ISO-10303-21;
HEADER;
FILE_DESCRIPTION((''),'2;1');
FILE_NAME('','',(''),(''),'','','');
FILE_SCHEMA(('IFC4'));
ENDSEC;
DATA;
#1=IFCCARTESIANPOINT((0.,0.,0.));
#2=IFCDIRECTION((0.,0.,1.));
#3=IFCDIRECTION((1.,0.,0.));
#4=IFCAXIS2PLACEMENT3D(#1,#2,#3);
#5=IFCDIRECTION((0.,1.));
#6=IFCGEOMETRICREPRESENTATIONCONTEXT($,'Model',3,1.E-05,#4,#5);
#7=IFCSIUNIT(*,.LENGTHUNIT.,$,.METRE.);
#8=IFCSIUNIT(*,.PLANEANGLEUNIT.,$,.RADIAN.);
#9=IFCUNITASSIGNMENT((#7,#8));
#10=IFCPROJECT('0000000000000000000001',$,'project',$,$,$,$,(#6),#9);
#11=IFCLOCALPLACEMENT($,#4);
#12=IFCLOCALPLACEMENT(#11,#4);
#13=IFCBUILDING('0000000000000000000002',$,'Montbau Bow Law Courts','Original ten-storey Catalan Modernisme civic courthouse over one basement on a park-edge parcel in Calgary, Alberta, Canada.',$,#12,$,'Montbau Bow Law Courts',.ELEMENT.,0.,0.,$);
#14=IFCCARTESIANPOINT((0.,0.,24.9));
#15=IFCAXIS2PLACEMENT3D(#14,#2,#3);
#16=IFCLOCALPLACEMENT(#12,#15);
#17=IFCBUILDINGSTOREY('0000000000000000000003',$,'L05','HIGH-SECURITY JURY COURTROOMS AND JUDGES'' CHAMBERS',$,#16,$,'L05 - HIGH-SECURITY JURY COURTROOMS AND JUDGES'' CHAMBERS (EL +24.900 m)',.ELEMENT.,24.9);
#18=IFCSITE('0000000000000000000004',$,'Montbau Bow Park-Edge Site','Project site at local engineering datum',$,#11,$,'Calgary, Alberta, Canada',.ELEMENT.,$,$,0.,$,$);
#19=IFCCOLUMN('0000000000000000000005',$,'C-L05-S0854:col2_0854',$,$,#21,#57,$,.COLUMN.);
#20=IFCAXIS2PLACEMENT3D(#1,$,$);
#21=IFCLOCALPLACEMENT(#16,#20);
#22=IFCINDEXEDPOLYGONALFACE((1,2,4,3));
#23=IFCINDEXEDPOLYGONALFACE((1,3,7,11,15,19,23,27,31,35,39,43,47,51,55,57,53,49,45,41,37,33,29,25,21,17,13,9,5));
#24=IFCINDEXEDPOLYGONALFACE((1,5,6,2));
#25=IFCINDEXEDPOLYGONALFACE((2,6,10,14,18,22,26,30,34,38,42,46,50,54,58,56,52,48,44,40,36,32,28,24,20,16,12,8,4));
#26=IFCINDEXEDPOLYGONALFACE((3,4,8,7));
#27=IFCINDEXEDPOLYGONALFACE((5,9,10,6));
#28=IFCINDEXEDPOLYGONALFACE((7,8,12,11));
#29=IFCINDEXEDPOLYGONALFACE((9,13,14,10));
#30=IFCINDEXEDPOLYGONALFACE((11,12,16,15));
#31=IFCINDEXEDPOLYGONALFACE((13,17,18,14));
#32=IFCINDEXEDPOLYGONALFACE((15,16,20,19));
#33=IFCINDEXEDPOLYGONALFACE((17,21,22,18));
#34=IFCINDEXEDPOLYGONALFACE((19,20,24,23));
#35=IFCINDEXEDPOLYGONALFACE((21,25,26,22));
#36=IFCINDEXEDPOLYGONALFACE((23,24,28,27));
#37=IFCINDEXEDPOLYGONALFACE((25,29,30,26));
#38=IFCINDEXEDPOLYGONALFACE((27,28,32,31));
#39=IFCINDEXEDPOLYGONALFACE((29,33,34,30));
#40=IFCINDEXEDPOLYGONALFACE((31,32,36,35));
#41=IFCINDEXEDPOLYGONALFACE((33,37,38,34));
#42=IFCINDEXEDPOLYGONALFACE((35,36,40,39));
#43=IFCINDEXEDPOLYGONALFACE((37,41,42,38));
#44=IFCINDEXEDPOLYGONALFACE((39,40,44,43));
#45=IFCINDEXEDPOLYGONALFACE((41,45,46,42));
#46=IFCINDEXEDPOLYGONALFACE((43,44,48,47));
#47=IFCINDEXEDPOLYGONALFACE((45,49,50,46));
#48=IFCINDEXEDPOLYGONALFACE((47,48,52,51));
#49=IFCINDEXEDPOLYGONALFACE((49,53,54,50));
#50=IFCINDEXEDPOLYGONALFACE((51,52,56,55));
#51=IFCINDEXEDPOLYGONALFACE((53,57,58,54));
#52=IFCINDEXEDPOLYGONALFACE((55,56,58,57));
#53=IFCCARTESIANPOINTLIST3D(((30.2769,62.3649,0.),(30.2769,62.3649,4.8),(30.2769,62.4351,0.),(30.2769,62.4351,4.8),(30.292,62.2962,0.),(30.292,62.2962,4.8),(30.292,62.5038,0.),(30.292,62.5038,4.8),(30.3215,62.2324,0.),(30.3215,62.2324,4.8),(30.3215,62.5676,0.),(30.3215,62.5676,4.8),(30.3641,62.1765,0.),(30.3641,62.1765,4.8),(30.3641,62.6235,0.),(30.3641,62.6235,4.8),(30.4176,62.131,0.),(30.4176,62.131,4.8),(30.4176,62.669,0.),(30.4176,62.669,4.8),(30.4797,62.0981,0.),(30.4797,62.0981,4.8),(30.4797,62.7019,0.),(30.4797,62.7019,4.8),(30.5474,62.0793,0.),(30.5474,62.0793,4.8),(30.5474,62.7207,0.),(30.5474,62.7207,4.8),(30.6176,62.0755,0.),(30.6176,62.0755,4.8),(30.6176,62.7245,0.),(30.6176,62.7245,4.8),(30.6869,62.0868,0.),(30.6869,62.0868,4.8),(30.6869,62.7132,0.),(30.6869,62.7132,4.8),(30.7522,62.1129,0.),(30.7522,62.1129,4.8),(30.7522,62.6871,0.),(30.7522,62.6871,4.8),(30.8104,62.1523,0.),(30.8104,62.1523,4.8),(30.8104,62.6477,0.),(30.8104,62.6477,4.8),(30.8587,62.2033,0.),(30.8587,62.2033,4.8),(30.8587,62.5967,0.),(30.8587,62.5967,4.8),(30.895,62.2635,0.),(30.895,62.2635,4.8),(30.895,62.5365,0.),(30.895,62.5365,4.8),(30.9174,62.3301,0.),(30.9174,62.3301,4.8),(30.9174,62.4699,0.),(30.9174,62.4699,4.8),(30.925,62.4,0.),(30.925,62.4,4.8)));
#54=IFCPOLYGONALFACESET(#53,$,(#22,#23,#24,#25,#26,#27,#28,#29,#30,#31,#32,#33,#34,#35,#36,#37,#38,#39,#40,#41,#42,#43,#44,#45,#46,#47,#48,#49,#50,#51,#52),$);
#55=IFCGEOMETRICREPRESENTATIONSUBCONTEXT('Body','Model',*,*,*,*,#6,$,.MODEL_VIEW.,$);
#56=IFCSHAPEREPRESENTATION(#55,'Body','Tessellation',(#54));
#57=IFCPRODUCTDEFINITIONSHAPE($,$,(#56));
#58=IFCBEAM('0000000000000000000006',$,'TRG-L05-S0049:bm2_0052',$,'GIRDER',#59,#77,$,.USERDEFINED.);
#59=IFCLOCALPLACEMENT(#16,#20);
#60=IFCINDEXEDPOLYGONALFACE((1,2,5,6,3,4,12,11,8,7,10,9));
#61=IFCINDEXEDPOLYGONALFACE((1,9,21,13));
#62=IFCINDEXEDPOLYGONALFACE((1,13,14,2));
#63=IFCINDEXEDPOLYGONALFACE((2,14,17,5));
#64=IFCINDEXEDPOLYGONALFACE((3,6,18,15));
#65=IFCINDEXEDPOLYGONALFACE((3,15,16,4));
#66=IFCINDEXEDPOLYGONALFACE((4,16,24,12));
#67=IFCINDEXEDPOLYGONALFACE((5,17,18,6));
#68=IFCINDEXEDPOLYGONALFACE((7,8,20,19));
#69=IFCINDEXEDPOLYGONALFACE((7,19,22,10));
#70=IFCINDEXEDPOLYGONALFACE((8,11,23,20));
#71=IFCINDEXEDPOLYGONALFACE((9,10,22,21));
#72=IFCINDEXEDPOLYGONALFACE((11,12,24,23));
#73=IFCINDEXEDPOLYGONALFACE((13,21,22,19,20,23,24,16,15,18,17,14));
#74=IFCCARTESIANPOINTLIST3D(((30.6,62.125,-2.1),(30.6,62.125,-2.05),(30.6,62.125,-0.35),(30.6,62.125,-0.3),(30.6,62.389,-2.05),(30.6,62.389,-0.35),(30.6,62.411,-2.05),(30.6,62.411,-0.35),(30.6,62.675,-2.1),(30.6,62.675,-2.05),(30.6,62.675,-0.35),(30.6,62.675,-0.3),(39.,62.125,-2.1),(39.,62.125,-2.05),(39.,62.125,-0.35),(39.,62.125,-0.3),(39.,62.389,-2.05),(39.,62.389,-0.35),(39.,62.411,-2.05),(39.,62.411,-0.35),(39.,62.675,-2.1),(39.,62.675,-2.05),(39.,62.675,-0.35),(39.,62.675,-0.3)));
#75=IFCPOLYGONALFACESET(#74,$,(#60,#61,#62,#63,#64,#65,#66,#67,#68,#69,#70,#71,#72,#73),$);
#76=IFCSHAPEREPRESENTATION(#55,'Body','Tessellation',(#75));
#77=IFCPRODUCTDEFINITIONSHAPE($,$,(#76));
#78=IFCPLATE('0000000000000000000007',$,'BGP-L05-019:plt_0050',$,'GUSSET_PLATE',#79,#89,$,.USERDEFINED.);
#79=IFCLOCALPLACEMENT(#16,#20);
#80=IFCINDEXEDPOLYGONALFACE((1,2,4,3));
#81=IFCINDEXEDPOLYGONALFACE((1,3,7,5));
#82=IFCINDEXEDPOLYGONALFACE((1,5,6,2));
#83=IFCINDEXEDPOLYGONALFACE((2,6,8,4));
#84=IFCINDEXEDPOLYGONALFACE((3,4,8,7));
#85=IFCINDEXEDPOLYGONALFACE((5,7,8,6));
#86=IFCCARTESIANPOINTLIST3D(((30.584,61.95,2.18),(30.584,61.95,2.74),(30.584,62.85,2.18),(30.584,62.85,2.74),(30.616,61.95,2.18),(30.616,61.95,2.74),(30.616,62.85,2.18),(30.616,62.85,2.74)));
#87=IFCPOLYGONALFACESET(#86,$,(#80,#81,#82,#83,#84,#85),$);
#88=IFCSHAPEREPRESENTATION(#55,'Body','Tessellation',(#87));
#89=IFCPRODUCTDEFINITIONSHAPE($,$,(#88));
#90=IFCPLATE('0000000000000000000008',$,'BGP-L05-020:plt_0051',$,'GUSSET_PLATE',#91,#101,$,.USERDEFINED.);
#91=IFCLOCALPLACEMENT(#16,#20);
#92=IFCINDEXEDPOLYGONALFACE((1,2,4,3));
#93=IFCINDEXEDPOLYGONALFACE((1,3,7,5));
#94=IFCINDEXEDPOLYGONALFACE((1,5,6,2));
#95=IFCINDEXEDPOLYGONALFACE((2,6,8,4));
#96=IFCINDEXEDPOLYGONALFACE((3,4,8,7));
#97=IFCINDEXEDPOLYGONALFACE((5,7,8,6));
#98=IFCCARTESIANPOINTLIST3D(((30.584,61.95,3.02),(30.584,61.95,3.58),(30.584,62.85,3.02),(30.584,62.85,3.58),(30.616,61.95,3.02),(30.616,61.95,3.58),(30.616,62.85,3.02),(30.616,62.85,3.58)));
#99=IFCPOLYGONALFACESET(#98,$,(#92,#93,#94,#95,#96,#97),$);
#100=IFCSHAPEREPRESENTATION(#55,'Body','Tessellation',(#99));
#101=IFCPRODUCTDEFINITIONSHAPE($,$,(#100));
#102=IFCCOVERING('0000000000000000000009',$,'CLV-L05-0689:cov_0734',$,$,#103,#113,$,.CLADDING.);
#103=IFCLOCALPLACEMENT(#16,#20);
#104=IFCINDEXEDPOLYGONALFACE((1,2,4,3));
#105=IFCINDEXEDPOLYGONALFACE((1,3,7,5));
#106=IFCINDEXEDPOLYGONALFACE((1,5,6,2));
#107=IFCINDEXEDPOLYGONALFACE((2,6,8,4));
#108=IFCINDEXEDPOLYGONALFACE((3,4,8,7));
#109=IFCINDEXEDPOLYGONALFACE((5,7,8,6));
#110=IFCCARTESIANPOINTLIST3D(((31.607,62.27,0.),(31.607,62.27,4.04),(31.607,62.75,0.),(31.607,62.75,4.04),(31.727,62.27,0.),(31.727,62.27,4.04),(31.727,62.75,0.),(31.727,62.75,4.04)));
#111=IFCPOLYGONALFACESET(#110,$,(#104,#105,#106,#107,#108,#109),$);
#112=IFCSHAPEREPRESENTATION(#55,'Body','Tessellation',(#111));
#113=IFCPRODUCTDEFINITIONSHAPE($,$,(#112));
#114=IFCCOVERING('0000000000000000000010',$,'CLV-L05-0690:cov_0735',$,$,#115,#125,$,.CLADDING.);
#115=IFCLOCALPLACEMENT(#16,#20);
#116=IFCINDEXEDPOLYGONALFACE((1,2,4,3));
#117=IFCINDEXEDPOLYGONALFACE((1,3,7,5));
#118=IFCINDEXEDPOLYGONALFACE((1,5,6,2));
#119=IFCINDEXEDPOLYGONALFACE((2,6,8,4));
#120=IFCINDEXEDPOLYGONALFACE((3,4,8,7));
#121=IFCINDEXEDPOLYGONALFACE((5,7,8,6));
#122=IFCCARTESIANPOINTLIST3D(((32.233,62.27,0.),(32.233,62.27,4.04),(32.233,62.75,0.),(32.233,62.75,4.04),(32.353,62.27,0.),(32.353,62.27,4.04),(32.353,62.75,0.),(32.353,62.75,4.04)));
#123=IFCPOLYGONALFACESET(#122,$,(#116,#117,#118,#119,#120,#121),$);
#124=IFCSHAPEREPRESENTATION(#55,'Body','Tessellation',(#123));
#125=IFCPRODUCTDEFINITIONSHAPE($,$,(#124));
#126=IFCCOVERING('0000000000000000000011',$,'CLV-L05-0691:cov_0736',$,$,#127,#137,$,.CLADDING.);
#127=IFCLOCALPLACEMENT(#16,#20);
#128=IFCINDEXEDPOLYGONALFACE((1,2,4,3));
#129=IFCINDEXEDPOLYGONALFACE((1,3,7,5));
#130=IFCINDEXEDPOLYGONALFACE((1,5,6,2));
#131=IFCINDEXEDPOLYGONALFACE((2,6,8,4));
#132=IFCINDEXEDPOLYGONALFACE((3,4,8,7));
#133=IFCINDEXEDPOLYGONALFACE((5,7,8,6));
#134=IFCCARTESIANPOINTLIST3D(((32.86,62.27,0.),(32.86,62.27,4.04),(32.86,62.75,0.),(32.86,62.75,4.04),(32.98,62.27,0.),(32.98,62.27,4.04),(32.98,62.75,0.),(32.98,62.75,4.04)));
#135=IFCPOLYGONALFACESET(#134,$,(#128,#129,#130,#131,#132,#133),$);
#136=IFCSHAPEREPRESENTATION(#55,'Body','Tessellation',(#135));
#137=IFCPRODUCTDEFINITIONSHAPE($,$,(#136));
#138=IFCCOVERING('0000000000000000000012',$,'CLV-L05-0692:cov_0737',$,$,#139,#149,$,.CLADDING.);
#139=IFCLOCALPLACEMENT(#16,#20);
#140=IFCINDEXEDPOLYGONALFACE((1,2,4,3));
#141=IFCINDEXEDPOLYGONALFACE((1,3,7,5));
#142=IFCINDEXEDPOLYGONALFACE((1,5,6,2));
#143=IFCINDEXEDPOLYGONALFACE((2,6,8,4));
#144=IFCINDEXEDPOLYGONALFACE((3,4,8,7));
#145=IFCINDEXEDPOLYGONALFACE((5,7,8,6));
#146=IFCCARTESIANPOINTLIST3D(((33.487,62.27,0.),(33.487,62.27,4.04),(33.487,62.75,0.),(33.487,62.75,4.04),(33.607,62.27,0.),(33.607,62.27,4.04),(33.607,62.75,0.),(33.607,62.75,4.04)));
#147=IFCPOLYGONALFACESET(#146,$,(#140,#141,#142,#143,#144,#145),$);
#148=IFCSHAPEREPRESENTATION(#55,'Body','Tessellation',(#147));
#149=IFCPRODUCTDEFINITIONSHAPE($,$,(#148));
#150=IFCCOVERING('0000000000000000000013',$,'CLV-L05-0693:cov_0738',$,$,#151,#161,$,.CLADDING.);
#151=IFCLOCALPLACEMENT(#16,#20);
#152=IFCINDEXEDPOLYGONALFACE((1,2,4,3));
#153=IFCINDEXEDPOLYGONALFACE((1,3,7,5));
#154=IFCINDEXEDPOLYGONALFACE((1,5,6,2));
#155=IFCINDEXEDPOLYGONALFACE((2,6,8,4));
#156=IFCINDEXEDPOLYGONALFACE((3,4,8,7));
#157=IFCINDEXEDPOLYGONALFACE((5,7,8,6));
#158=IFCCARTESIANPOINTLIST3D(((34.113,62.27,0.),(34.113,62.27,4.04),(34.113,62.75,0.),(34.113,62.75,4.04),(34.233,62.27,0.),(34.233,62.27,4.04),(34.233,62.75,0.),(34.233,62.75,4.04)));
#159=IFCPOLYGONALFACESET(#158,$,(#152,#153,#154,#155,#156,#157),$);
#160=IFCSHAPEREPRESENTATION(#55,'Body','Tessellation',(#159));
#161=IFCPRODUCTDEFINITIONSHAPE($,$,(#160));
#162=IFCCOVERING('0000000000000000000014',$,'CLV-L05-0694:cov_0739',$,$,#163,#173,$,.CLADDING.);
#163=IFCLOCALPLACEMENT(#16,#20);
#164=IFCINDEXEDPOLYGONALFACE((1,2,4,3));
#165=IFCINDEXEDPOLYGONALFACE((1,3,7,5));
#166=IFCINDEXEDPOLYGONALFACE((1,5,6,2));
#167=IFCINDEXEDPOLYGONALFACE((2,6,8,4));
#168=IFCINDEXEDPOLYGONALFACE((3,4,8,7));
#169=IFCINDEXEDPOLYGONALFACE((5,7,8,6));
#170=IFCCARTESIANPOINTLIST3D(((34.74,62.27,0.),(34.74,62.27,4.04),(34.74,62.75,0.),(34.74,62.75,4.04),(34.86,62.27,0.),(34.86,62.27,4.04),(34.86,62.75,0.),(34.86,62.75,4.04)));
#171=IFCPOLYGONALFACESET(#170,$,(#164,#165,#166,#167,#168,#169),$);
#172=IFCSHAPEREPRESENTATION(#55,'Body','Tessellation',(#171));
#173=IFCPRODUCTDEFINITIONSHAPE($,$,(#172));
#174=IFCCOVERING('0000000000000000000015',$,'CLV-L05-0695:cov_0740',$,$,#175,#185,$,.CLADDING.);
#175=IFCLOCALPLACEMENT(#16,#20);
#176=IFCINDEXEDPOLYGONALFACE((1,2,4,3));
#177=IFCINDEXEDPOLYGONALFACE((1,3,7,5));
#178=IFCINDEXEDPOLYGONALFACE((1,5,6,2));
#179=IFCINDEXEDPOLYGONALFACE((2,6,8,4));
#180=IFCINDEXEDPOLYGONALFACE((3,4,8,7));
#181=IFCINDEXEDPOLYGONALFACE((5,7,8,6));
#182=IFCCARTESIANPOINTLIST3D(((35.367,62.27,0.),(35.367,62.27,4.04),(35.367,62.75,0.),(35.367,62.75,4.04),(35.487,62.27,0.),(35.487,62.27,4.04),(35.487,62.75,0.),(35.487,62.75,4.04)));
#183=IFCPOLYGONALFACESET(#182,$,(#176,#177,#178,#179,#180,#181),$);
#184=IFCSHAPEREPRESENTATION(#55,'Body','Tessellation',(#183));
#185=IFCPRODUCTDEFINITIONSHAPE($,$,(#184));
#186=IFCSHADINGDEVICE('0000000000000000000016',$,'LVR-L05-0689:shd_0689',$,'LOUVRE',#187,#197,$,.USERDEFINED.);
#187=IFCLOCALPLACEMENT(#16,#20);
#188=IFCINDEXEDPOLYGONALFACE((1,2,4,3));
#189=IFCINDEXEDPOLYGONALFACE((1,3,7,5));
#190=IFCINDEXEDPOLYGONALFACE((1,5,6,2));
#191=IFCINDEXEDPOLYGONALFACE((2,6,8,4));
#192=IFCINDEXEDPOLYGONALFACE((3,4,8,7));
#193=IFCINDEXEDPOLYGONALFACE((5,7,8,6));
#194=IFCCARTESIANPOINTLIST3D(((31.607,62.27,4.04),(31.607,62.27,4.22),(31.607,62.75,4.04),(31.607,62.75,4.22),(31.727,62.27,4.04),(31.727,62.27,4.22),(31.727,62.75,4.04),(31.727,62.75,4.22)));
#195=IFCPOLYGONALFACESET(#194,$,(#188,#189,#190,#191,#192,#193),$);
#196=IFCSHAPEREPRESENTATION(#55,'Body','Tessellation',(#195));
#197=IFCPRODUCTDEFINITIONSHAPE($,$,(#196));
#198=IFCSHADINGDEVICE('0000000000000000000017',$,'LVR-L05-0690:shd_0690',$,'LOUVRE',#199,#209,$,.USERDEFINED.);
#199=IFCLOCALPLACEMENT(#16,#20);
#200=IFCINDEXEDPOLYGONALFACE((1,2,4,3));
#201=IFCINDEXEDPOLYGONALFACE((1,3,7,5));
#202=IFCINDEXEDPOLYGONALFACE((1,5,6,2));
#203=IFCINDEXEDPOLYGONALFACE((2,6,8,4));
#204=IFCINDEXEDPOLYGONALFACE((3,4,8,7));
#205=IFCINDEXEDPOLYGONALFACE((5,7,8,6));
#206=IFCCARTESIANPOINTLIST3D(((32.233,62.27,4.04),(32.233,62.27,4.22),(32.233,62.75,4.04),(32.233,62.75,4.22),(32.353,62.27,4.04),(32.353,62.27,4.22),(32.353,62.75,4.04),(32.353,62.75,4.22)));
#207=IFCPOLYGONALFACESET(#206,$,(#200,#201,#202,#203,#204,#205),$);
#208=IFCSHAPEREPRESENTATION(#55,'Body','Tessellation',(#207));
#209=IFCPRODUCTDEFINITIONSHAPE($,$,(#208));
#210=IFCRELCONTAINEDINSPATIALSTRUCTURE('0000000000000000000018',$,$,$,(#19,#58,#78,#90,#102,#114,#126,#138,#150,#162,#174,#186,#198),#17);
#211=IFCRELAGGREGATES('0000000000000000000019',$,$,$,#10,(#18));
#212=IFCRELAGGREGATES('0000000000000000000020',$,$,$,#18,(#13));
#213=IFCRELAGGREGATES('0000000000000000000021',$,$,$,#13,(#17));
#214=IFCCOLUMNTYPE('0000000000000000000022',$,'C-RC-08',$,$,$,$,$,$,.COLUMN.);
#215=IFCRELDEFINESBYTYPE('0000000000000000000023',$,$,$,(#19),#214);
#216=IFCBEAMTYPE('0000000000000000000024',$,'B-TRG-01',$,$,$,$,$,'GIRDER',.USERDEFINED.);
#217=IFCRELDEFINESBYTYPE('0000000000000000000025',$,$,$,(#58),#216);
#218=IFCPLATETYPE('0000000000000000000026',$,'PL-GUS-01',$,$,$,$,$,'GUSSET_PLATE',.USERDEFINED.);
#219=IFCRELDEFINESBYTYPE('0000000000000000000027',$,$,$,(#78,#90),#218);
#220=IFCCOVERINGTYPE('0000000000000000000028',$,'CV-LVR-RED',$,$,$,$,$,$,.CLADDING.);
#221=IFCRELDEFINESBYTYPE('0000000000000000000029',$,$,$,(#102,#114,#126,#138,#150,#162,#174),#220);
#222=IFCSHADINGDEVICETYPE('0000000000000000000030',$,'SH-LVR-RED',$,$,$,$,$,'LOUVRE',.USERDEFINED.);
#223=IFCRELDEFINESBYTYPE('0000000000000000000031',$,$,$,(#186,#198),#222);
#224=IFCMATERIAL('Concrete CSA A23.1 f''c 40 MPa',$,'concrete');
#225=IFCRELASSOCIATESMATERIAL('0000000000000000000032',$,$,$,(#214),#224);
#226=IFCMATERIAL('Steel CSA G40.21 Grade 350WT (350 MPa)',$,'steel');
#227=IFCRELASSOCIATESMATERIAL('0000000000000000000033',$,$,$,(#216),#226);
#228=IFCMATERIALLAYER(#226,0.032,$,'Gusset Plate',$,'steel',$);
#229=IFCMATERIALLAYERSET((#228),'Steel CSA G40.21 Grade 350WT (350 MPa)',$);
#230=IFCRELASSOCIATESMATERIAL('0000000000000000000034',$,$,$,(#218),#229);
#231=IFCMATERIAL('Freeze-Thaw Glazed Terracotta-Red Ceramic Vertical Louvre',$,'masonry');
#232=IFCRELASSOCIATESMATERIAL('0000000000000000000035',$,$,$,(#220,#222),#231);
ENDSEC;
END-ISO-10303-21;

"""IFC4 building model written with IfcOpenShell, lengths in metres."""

from ifc_helpers import new_model, si_unit, direction, frame, frame_2d, origin_with_axes, origin_2d_with_axis, place, context, subcontext, project, spatial, rectangle, circle, i_section, extrude, material, layer, layer_set, material_profile, profile_set, type_object, element, save


model = new_model("IFC4")

# Units and contexts
model_context = context("Model", 3, precision=1e-05, world=origin_with_axes(), true_north=direction((0.0, 1.0)))
body_context = subcontext(model_context, "Body", "Model", "MODEL_VIEW")
ifc_project = project(units=[si_unit("LENGTHUNIT", "METRE"), si_unit("PLANEANGLEUNIT", "RADIAN")], contexts=[model_context])

# Site, building, storey
site_placement = place(None, origin_with_axes())
site = spatial("IfcSite", under=ifc_project, at=site_placement, Name="Montbau Bow Park-Edge Site", Description="Project site at local engineering datum", LongName="Calgary, Alberta, Canada", CompositionType="ELEMENT", RefElevation=0.0)
building_placement = place(site_placement, origin_with_axes())
building = spatial("IfcBuilding", under=site, at=building_placement, Name="Montbau Bow Law Courts", Description="Original ten-storey Catalan Modernisme civic courthouse over one basement on a park-edge parcel in Calgary, Alberta, Canada.", LongName="Montbau Bow Law Courts", CompositionType="ELEMENT", ElevationOfRefHeight=0.0, ElevationOfTerrain=0.0)
storey_placement = place(building_placement, frame((0.0, 0.0, 24.9), z_axis=(0.0, 0.0, 1.0), x_axis=(1.0, 0.0, 0.0)))
storey = spatial("IfcBuildingStorey", under=building, at=storey_placement, Name="L05", Description="HIGH-SECURITY JURY COURTROOMS AND JUDGES' CHAMBERS", LongName="L05 - HIGH-SECURITY JURY COURTROOMS AND JUDGES' CHAMBERS (EL +24.900 m)", CompositionType="ELEMENT", Elevation=24.9)

# Column
ifc_material_1 = material(Name="Concrete CSA A23.1 f'c 40 MPa", Category="concrete")
ifc_material_profile_1 = material_profile(ifc_material_1, circle(Radius=0.325, at=origin_2d_with_axis()), Name="RC650D", Category="Main", Priority=0)
ifc_profile_set_1 = profile_set([ifc_material_profile_1], Name="Concrete CSA A23.1 f'c 40 MPa")
column_type = type_object("IfcColumnType", Name="C-RC-08", PredefinedType="COLUMN", material=ifc_profile_set_1)
column_placement = place(None, frame((30.6, 62.4, 24.9), z_axis=(0.0, 0.0, 1.0), x_axis=(1.0, 0.0, 0.0)))
element("IfcColumn", 1, at=column_placement, inside=storey, type_object=column_type, Name="C-L05-S0854:col2_0854", PredefinedType="COLUMN", context=body_context, shape_type="SweptSolid", body=[
    extrude(circle(Radius=0.325, at=origin_2d_with_axis()), origin_with_axes(), (0.0, 0.0, 1.0), 4.8),
])

# Beam
ifc_material_2 = material(Name="Steel CSA G40.21 Grade 350WT (350 MPa)", Category="steel")
ifc_material_profile_2 = material_profile(ifc_material_2, i_section(OverallWidth=0.55, OverallDepth=1.8, WebThickness=0.022, FlangeThickness=0.05, at=origin_2d_with_axis()), Name="WWF1800X550", Category="Main", Priority=0)
ifc_profile_set_2 = profile_set([ifc_material_profile_2], Name="Steel CSA G40.21 Grade 350WT (350 MPa)")
beam_type = type_object("IfcBeamType", Name="B-TRG-01", ElementType="GIRDER", PredefinedType="USERDEFINED", material=ifc_profile_set_2)
beam_placement = place(None, frame((30.6, 62.4, 23.7), z_axis=(1.0, 0.0, 0.0), x_axis=(0.0, 1.0, 0.0)))
element("IfcBeam", 2, at=beam_placement, inside=storey, type_object=beam_type, Name="TRG-L05-S0049:bm2_0052", ObjectType="GIRDER", PredefinedType="USERDEFINED", context=body_context, shape_type="SweptSolid", body=[
    extrude(i_section(OverallWidth=0.55, OverallDepth=1.8, WebThickness=0.022, FlangeThickness=0.05, at=origin_2d_with_axis()), origin_with_axes(), (0.0, 0.0, 1.0), 8.4),
])

# Plates
ifc_layer = layer(ifc_material_2, 0.032, Name="Gusset Plate", Category="steel")
ifc_layer_set = layer_set([ifc_layer], Name="Steel CSA G40.21 Grade 350WT (350 MPa)")
plate_type = type_object("IfcPlateType", Name="PL-GUS-01", ElementType="GUSSET_PLATE", PredefinedType="USERDEFINED", material=ifc_layer_set)
for number, where, z_axis, x_axis, name in (
    (3, (30.6, 62.4, 27.08), (0.0, 0.0, 1.0), (0.0, 1.0, 0.0), "BGP-L05-019:plt_0050"),
    (4, (30.6, 62.4, 27.92), (0.0, 0.0, 1.0), (0.0, 1.0, 0.0), "BGP-L05-020:plt_0051"),
):
    element("IfcPlate", number, at=place(None, frame(where, z_axis=z_axis, x_axis=x_axis)), inside=storey, type_object=plate_type, Name=name, ObjectType="GUSSET_PLATE", PredefinedType="USERDEFINED", context=body_context, shape_type="SweptSolid", body=[
        extrude(rectangle(XDim=0.9, YDim=0.032, at=origin_2d_with_axis()), origin_with_axes(), (0.0, 0.0, 1.0), 0.56),
    ])

# Coverings
ifc_material_3 = material(Name="Freeze-Thaw Glazed Terracotta-Red Ceramic Vertical Louvre", Category="masonry")
covering_type = type_object("IfcCoveringType", Name="CV-LVR-RED", PredefinedType="CLADDING", material=ifc_material_3)
for number, where, z_axis, x_axis, name in (
    (5, (31.667, 62.27, 24.9), (1.0, 0.0, 0.0), (0.0, 1.0, 0.0), "CLV-L05-0689:cov_0734"),
    (6, (32.293, 62.27, 24.9), (1.0, 0.0, 0.0), (0.0, 1.0, 0.0), "CLV-L05-0690:cov_0735"),
    (7, (32.92, 62.27, 24.9), (1.0, 0.0, 0.0), (0.0, 1.0, 0.0), "CLV-L05-0691:cov_0736"),
    (8, (33.547, 62.27, 24.9), (1.0, 0.0, 0.0), (0.0, 1.0, 0.0), "CLV-L05-0692:cov_0737"),
    (9, (34.173, 62.27, 24.9), (1.0, 0.0, 0.0), (0.0, 1.0, 0.0), "CLV-L05-0693:cov_0738"),
    (10, (34.8, 62.27, 24.9), (1.0, 0.0, 0.0), (0.0, 1.0, 0.0), "CLV-L05-0694:cov_0739"),
    (11, (35.427, 62.27, 24.9), (1.0, 0.0, 0.0), (0.0, 1.0, 0.0), "CLV-L05-0695:cov_0740"),
):
    element("IfcCovering", number, at=place(None, frame(where, z_axis=z_axis, x_axis=x_axis)), inside=storey, type_object=covering_type, Name=name, PredefinedType="CLADDING", context=body_context, shape_type="SweptSolid", body=[
        extrude(rectangle(XDim=0.48, YDim=4.04, at=frame_2d((0.24, 2.02), x_axis=(1.0, 0.0))), frame((0.0, 0.0, -0.06), z_axis=(0.0, 0.0, 1.0), x_axis=(1.0, 0.0, 0.0)), (0.0, 0.0, 1.0), 0.12),
    ])

# Shading devices
shading_device_type = type_object("IfcShadingDeviceType", Name="SH-LVR-RED", ElementType="LOUVRE", PredefinedType="USERDEFINED", material=ifc_material_3)
for number, where, z_axis, x_axis, name in (
    (12, (31.667, 62.51, 28.94), (0.0, 0.0, 1.0), (0.0, 1.0, 0.0), "LVR-L05-0689:shd_0689"),
    (13, (32.293, 62.51, 28.94), (0.0, 0.0, 1.0), (0.0, 1.0, 0.0), "LVR-L05-0690:shd_0690"),
):
    element("IfcShadingDevice", number, at=place(None, frame(where, z_axis=z_axis, x_axis=x_axis)), inside=storey, type_object=shading_device_type, Name=name, ObjectType="LOUVRE", PredefinedType="USERDEFINED", context=body_context, shape_type="SweptSolid", body=[
        extrude(rectangle(XDim=0.48, YDim=0.12, at=origin_2d_with_axis()), origin_with_axes(), (0.0, 0.0, 1.0), 0.18),
    ])

save(model, "model.ifc")
